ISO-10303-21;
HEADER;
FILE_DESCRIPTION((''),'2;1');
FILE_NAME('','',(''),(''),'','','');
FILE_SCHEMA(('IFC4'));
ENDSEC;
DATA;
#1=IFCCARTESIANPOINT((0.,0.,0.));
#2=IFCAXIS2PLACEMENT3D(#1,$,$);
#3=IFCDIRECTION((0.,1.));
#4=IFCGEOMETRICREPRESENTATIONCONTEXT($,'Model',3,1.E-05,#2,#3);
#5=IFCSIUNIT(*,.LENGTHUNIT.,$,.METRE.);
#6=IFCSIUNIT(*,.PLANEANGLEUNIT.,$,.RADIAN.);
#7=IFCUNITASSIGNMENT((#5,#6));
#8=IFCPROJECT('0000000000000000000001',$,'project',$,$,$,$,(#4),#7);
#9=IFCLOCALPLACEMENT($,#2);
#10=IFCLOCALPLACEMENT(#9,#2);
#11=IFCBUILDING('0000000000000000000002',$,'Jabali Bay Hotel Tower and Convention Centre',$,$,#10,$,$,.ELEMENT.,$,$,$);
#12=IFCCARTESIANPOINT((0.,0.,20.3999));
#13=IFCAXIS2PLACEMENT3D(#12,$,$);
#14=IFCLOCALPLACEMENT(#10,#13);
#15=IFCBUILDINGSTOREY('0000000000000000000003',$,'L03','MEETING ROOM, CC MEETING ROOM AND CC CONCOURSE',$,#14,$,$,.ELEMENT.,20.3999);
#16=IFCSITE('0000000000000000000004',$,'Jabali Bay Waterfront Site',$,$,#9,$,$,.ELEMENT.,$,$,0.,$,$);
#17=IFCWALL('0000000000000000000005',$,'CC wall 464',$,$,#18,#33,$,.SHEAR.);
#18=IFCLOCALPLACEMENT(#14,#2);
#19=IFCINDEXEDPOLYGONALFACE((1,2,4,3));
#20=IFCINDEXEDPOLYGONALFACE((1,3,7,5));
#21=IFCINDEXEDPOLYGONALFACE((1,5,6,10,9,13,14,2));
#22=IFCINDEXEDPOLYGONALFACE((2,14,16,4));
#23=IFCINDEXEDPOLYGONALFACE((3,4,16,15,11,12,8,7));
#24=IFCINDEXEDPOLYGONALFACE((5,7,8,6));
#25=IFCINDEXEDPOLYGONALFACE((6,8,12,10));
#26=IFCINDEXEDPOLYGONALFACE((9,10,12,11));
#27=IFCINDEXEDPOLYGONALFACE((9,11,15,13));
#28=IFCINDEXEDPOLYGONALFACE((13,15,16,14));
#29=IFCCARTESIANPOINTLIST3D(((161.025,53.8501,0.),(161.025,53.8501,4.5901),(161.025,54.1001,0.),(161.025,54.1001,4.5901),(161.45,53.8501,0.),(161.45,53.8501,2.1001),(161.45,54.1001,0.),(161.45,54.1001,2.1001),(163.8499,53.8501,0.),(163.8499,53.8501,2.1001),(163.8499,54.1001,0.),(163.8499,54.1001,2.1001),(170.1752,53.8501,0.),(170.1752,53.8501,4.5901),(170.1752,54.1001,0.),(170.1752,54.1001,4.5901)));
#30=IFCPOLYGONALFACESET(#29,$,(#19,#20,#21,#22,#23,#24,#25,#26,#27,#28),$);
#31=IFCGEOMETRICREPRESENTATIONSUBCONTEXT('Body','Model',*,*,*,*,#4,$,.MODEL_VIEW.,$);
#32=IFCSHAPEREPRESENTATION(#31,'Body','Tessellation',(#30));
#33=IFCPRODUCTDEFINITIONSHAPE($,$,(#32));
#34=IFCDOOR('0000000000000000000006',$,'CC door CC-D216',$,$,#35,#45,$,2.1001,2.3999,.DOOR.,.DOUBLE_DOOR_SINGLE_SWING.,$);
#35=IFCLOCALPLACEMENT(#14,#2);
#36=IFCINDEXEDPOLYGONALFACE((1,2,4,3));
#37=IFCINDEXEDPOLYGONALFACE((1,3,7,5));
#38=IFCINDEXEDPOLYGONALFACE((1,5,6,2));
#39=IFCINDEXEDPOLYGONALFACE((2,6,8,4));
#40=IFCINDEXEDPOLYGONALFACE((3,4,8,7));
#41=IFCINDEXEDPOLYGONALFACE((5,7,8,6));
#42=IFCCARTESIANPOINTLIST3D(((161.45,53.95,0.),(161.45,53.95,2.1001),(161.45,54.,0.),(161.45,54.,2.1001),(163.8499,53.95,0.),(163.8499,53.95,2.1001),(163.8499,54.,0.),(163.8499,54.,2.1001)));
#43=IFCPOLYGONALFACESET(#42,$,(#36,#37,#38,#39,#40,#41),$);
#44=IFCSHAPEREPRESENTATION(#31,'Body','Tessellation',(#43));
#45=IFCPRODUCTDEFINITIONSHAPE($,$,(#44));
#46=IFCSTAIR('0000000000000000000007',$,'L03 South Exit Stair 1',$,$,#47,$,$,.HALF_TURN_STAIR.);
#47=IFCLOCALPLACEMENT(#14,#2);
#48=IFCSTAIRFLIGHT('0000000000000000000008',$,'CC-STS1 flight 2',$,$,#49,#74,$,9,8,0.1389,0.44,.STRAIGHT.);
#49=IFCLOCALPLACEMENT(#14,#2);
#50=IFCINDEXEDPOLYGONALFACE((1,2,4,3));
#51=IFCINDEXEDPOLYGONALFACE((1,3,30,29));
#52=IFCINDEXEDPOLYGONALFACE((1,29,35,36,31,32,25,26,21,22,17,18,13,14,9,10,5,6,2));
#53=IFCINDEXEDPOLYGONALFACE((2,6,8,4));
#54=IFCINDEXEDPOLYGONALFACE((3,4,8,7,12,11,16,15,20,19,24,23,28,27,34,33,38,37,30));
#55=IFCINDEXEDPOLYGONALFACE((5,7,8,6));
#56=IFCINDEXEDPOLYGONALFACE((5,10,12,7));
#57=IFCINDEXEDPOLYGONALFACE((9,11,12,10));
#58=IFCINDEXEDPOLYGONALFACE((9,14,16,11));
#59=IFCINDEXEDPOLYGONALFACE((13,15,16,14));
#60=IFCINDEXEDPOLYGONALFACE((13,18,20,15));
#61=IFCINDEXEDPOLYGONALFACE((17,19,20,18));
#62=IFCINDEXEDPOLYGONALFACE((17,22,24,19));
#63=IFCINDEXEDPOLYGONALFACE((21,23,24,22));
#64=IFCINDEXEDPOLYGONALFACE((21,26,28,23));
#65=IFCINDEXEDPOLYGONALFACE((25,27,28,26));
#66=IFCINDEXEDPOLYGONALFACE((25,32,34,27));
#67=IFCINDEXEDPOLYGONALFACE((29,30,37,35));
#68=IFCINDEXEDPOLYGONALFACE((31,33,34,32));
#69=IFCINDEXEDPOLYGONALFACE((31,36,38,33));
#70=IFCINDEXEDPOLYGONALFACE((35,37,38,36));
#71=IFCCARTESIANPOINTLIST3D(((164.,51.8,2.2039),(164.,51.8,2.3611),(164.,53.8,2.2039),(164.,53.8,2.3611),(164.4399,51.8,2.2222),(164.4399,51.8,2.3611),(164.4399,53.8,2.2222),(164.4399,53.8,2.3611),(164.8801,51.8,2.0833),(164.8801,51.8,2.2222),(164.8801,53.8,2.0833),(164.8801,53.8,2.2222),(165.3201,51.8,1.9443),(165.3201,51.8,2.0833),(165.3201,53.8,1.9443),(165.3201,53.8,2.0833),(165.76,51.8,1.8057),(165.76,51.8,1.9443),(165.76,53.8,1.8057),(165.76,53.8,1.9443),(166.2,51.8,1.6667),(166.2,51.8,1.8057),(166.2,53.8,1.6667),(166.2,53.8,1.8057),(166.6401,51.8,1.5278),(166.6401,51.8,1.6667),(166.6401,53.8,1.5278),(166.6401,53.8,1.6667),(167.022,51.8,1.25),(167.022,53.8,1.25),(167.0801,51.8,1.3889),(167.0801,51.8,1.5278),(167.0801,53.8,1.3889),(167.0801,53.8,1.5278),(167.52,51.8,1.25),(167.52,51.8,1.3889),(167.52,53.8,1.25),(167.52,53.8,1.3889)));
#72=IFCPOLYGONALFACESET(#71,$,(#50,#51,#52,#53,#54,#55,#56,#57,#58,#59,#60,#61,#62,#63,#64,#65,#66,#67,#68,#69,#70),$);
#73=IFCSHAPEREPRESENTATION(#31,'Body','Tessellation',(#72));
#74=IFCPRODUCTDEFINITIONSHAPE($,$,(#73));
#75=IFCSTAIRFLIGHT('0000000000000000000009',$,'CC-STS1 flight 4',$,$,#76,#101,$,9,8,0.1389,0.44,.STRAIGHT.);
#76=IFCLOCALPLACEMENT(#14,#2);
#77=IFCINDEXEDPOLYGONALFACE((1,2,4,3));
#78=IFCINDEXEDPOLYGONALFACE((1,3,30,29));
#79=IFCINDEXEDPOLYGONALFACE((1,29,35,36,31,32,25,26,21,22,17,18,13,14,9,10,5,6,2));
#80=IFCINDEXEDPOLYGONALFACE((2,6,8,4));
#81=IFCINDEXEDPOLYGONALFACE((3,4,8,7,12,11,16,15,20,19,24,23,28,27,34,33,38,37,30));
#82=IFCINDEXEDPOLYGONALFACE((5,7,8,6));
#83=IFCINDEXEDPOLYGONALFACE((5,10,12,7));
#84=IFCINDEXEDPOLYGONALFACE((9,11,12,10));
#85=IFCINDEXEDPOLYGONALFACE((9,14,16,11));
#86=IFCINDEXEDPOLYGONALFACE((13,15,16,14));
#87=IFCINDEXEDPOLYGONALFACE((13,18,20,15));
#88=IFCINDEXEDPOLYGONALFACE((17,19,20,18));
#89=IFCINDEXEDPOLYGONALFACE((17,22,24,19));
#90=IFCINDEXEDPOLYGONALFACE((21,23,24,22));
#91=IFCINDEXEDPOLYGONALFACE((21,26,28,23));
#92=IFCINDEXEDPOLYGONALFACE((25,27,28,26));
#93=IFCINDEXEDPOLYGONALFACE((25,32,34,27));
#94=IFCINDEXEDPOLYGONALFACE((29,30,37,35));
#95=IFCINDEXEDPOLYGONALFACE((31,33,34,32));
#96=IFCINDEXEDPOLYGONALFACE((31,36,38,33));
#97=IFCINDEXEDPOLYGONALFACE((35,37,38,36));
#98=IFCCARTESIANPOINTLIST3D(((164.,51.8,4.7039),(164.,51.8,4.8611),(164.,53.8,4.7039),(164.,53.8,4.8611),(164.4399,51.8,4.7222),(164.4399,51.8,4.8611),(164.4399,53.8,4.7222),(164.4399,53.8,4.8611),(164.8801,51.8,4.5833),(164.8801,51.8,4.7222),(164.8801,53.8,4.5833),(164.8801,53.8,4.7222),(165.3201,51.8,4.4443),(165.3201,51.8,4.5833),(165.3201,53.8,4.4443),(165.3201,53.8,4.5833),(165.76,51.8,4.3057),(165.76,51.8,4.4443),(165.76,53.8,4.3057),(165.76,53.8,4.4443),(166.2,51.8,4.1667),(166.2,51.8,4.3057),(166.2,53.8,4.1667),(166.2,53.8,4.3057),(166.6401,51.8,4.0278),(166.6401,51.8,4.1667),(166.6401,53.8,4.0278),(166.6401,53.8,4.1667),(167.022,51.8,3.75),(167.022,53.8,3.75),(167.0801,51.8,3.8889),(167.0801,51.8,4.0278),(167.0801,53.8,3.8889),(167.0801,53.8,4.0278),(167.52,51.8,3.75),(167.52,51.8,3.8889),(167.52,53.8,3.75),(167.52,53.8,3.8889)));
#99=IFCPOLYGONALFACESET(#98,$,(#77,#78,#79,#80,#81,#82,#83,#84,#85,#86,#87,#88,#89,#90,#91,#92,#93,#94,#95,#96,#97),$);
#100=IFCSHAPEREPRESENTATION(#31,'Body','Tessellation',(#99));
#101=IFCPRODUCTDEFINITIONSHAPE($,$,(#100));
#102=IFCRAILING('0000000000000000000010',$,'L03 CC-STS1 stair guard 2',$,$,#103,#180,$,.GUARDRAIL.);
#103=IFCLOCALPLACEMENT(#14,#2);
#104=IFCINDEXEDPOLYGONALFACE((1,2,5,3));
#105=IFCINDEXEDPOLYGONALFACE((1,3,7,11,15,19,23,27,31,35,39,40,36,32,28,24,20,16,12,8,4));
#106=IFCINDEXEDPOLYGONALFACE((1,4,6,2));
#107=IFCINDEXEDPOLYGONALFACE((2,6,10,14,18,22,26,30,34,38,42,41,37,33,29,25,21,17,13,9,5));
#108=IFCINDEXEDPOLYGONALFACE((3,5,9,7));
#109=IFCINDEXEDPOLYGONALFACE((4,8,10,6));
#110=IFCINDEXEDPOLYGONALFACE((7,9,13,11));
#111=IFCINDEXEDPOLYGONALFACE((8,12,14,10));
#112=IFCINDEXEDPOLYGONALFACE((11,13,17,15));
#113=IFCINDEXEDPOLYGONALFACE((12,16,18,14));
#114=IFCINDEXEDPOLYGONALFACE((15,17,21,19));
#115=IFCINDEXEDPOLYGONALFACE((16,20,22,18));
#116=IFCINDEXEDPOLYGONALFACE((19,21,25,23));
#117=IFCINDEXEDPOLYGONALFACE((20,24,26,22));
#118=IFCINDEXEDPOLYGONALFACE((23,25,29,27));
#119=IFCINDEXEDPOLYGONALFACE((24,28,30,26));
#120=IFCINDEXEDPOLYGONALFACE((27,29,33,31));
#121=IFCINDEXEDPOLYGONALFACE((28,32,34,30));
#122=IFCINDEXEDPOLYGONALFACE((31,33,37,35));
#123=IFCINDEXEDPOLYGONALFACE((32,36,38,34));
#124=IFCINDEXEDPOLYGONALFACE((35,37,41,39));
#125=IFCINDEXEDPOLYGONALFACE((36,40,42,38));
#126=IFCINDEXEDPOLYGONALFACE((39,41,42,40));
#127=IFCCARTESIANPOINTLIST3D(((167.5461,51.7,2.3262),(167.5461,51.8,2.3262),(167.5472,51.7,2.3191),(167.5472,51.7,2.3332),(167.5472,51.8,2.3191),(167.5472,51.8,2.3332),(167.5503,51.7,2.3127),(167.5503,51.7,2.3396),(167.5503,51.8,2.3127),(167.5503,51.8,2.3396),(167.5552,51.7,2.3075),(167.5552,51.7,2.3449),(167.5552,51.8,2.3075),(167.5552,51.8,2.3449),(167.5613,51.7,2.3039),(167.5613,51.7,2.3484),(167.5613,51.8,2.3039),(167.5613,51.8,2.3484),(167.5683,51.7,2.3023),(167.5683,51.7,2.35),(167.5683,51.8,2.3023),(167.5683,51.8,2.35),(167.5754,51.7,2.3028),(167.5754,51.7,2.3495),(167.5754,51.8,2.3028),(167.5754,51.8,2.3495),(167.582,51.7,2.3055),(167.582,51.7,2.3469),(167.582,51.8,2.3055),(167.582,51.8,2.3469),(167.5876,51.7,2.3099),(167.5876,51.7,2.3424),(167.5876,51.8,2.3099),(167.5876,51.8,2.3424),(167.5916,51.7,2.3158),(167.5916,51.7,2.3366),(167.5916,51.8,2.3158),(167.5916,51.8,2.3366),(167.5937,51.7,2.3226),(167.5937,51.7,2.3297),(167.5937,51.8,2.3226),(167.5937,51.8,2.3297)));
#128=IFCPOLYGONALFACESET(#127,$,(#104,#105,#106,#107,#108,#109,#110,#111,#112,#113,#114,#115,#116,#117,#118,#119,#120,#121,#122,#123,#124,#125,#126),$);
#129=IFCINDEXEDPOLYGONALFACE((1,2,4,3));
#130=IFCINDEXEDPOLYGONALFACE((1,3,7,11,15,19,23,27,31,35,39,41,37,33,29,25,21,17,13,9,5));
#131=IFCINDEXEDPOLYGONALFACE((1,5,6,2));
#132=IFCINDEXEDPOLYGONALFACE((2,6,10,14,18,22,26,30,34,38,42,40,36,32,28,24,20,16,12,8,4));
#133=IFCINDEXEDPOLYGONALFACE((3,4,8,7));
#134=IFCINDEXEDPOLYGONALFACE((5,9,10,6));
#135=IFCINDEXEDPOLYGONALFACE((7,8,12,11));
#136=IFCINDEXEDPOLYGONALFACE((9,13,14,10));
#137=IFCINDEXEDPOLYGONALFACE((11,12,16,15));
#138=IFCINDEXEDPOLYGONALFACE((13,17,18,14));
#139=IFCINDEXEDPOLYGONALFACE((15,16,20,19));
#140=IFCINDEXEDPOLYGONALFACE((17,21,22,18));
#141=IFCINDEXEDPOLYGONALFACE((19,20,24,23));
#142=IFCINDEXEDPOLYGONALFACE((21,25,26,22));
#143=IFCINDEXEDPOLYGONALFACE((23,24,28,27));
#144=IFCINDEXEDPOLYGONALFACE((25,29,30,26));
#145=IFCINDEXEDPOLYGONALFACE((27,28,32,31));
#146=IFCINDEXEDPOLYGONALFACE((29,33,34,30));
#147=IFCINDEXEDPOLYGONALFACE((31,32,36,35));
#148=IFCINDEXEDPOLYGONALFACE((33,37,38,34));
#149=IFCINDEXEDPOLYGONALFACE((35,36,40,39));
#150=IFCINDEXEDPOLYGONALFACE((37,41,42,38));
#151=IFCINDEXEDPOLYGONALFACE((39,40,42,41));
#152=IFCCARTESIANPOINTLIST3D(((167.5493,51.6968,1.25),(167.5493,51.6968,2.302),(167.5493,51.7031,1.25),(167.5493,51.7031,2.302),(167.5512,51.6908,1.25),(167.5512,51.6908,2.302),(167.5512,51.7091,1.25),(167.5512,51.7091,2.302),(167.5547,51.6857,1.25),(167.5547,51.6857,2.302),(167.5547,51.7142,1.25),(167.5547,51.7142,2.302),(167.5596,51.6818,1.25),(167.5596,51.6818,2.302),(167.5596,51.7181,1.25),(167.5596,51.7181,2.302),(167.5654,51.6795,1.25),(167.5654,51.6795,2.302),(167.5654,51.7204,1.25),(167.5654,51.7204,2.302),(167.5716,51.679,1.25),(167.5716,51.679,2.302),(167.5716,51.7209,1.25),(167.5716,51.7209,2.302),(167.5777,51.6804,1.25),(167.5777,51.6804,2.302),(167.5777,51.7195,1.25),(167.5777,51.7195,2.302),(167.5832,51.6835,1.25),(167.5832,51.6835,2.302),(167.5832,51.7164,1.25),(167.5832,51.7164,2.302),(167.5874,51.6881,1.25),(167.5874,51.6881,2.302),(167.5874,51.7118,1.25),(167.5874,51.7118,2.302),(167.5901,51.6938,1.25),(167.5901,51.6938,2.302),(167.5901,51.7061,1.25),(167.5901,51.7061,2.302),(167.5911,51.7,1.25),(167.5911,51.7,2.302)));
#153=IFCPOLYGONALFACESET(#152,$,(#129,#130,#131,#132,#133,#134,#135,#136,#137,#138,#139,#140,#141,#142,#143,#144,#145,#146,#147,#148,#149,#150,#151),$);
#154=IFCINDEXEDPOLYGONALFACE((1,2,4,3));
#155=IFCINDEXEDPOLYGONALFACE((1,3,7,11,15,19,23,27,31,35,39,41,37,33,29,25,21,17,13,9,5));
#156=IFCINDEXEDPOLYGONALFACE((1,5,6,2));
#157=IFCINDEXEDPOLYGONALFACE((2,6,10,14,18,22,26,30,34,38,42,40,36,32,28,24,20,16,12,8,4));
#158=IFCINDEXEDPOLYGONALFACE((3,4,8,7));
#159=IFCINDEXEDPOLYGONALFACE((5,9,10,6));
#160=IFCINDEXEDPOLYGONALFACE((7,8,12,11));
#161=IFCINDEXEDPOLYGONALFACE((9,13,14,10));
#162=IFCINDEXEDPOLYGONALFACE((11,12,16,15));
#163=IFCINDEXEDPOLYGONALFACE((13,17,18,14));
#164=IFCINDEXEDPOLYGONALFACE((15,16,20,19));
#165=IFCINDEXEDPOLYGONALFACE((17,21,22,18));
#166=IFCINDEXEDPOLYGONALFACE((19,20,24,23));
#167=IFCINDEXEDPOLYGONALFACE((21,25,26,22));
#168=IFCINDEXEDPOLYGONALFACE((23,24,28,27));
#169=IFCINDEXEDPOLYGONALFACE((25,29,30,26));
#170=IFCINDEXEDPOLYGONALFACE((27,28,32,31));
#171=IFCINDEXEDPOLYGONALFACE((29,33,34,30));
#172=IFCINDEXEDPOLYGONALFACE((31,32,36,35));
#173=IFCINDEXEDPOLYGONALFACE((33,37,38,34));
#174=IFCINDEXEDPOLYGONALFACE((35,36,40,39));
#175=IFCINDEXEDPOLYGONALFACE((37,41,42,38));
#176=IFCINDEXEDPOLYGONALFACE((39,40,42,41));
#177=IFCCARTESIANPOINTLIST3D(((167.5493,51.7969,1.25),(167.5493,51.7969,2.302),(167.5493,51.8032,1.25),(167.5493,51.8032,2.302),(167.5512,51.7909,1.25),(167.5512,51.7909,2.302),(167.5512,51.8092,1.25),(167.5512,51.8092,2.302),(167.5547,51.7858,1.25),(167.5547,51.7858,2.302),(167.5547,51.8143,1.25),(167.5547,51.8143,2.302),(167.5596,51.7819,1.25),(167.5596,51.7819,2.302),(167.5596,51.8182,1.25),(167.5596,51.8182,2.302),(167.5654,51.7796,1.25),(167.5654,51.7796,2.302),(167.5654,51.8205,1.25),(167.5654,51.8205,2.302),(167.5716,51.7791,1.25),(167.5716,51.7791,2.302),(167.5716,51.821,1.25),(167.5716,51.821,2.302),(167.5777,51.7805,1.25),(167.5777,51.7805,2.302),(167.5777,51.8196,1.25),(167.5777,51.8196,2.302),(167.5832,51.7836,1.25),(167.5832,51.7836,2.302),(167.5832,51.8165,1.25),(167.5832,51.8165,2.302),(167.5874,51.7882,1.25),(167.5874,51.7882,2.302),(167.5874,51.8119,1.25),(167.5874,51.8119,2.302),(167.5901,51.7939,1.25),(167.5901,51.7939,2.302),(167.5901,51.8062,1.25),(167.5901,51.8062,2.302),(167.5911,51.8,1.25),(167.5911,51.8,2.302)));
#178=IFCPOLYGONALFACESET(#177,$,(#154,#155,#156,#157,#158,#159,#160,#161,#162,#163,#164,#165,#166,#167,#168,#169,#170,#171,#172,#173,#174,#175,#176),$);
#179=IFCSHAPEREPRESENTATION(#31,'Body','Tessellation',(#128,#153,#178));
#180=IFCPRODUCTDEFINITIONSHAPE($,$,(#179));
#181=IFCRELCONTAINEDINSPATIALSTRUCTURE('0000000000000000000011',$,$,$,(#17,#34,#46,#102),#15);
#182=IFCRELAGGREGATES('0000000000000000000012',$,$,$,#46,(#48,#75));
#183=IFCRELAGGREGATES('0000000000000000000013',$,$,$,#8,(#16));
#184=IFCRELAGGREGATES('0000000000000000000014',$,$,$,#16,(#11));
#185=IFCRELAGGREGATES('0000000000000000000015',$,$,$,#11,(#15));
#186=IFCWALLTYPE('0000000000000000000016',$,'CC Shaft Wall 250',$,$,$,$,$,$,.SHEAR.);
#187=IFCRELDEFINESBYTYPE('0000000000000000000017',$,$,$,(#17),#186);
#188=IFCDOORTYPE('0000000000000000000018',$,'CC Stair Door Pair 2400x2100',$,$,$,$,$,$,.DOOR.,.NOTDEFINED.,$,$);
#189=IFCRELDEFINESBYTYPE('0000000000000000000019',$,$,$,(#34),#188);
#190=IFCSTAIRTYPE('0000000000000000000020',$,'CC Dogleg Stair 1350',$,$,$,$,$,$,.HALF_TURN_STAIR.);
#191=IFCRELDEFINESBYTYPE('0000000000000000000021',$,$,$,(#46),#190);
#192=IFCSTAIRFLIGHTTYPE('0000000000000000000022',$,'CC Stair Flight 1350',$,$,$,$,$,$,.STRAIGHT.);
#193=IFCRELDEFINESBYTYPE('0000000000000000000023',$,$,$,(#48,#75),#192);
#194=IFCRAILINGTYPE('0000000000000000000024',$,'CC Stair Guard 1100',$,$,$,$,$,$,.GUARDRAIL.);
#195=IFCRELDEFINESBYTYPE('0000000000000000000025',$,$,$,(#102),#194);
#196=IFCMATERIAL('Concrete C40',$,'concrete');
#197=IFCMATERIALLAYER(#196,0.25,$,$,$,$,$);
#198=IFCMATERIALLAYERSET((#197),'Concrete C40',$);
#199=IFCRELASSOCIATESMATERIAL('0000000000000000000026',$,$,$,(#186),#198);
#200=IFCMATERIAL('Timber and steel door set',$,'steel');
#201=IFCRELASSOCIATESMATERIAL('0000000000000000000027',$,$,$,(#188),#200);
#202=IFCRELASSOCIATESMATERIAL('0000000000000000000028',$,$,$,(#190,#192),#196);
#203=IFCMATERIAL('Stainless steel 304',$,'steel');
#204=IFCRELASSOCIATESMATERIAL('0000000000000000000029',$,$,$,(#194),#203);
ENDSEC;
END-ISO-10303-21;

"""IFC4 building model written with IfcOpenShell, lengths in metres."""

from ifc_helpers import new_model, si_unit, direction, frame, frame_2d, origin, origin_2d, place, context, subcontext, project, spatial, polyline, rectangle, circle, outline, extrude, material, layer, layer_set, type_object, element, fill, aggregate, save


model = new_model("IFC4")

# Units and contexts
model_context = context("Model", 3, precision=1e-05, world=origin(), true_north=direction((0.0, 1.0)))
body_context = subcontext(model_context, "Body", "Model", "MODEL_VIEW")
ifc_project = project(units=[si_unit("LENGTHUNIT", "METRE"), si_unit("PLANEANGLEUNIT", "RADIAN")], contexts=[model_context])

# Site, building, storey
site_placement = place(None, origin())
site = spatial("IfcSite", under=ifc_project, at=site_placement, Name="Jabali Bay Waterfront Site", CompositionType="ELEMENT", RefElevation=0.0)
building_placement = place(site_placement, origin())
building = spatial("IfcBuilding", under=site, at=building_placement, Name="Jabali Bay Hotel Tower and Convention Centre", CompositionType="ELEMENT")
storey_placement = place(building_placement, frame((0.0, 0.0, 20.3999)))
storey = spatial("IfcBuildingStorey", under=building, at=storey_placement, Name="L03", Description="MEETING ROOM, CC MEETING ROOM AND CC CONCOURSE", CompositionType="ELEMENT", Elevation=20.3999)

# Shared definitions
ifc_material_1 = material(Name="Timber and steel door set", Category="steel")

# Wall, opening, door
ifc_material_2 = material(Name="Concrete C40", Category="concrete")
ifc_layer_1 = layer(ifc_material_2, 0.25)
ifc_layer_set_1 = layer_set([ifc_layer_1], Name="Concrete C40")
wall_type_1 = type_object("IfcWallType", Name="CC Shaft Wall 250", PredefinedType="SHEAR", material=ifc_layer_set_1)
wall_1_placement = place(storey_placement, frame((161.0249, 53.9751, 0.0), z_axis=(0.0, 0.0, 1.0), x_axis=(1.0, 0.0, 0.0)))
wall_1 = element("IfcWall", 1, at=wall_1_placement, inside=storey, type_object=wall_type_1, Name="CC wall 464", PredefinedType="SHEAR", context=body_context, shape_type="SweptSolid", body=[
    extrude(rectangle(XDim=9.1501, YDim=0.25, at=frame_2d((4.5752, 0.0))), origin(), (0.0, 0.0, 1.0), 4.5901),
])
opening_1_placement = place(wall_1_placement, frame((0.425, 0.0, 0.0)))
opening_1 = element("IfcOpeningElement", 2, at=opening_1_placement, cuts=wall_1, PredefinedType="OPENING", context=body_context, shape_type="SweptSolid", body=[
    extrude(rectangle(XDim=2.3999, YDim=2.1001, at=frame_2d((1.2, 1.05))), frame((0.0, 0.1355, 0.0), z_axis=(0.0, -1.0, 0.0), x_axis=(1.0, 0.0, 0.0)), (0.0, 0.0, 1.0), 0.271),
])
door_type_1 = type_object("IfcDoorType", Name="CC Stair Door Pair 2400x2100", OperationType="NOTDEFINED", PredefinedType="DOOR", material=ifc_material_1)
door_1_placement = place(opening_1_placement, origin())
door_1 = element("IfcDoor", 3, at=door_1_placement, inside=storey, type_object=door_type_1, Name="CC door CC-D216", OperationType="DOUBLE_DOOR_SINGLE_SWING", OverallHeight=2.1001, OverallWidth=2.3999, PredefinedType="DOOR", context=body_context, shape_type="SweptSolid", body=[
    extrude(rectangle(XDim=2.3999, YDim=2.1001, at=frame_2d((1.2, 1.05))), frame((0.0, 0.0249, 0.0), z_axis=(0.0, -1.0, 0.0), x_axis=(1.0, 0.0, 0.0)), (0.0, 0.0, 1.0), 0.05),
])
fill(opening_1, door_1)

# Stair, stair flights
stair_type = type_object("IfcStairType", Name="CC Dogleg Stair 1350", PredefinedType="HALF_TURN_STAIR", material=ifc_material_2)
stair_placement = place(storey_placement, origin())
stair = element("IfcStair", 4, at=stair_placement, inside=storey, type_object=stair_type, Name="L03 South Exit Stair 1", PredefinedType="HALF_TURN_STAIR")
stair_flight_type = type_object("IfcStairFlightType", Name="CC Stair Flight 1350", PredefinedType="STRAIGHT", material=ifc_material_2)
stair_flight_1_placement = place(storey_placement, frame((167.52, 52.8, 1.25), z_axis=(0.0, 0.0, 1.0), x_axis=(-1.0, 0.0, 0.0)))
stair_flight_1 = element("IfcStairFlight", 5, at=stair_flight_1_placement, type_object=stair_flight_type, Name="CC-STS1 flight 2", NumberOfRisers=9, NumberOfTreads=8, PredefinedType="STRAIGHT", RiserHeight=0.1389, TreadLength=0.44, context=body_context, shape_type="SweptSolid", body=[
    extrude(outline(polyline([(0.0, 0.0), (0.0, 0.1389), (0.4399, 0.1389), (0.4399, 0.2778), (0.8799, 0.2778), (0.8799, 0.4167), (1.3201, 0.4167), (1.3201, 0.5557), (1.76, 0.5557), (1.76, 0.6943), (2.2, 0.6943), (2.2, 0.8333), (2.6399, 0.8333), (2.6399, 0.9722), (3.0801, 0.9722), (3.0801, 1.1111), (3.52, 1.1111), (3.52, 1.25), (3.52, 0.9539), (0.498, 0.0), (0.0, 0.0)])), frame((0.0, 1.0, 0.0), z_axis=(0.0, -1.0, 0.0), x_axis=(1.0, 0.0, 0.0)), (0.0, 0.0, 1.0), 2.0),
])
stair_flight_2_placement = place(storey_placement, frame((167.52, 52.8, 3.75), z_axis=(0.0, 0.0, 1.0), x_axis=(-1.0, 0.0, 0.0)))
stair_flight_2 = element("IfcStairFlight", 6, at=stair_flight_2_placement, type_object=stair_flight_type, Name="CC-STS1 flight 4", NumberOfRisers=9, NumberOfTreads=8, PredefinedType="STRAIGHT", RiserHeight=0.1389, TreadLength=0.44, context=body_context, shape_type="SweptSolid", body=[
    extrude(outline(polyline([(0.0, 0.0), (0.0, 0.1389), (0.4399, 0.1389), (0.4399, 0.2778), (0.8799, 0.2778), (0.8799, 0.4167), (1.3201, 0.4167), (1.3201, 0.5557), (1.76, 0.5557), (1.76, 0.6943), (2.2, 0.6943), (2.2, 0.8333), (2.6399, 0.8333), (2.6399, 0.9722), (3.0801, 0.9722), (3.0801, 1.1111), (3.52, 1.1111), (3.52, 1.25), (3.52, 0.9539), (0.498, 0.0), (0.0, 0.0)])), frame((0.0, 1.0, 0.0), z_axis=(0.0, -1.0, 0.0), x_axis=(1.0, 0.0, 0.0)), (0.0, 0.0, 1.0), 2.0),
])
aggregate(stair, [stair_flight_1, stair_flight_2])

# Railing
ifc_material_3 = material(Name="Stainless steel 304", Category="steel")
railing_type_1 = type_object("IfcRailingType", Name="CC Stair Guard 1100", PredefinedType="GUARDRAIL", material=ifc_material_3)
railing_1_placement = place(storey_placement, frame((167.5701, 51.7, 1.25)))
element("IfcRailing", 7, at=railing_1_placement, inside=storey, type_object=railing_type_1, Name="L03 CC-STS1 stair guard 2", PredefinedType="GUARDRAIL", context=body_context, shape_type="SweptSolid", body=[
    extrude(circle(Radius=0.0239, at=origin_2d()), frame((0.0, 0.0, 1.0762), z_axis=(0.0, 1.0, 0.0), x_axis=(-1.0, 0.0, 0.0)), (0.0, 0.0, 1.0), 0.1001),
    extrude(circle(Radius=0.021, at=origin_2d()), origin(), (0.0, 0.0, 1.0), 1.052),
    extrude(circle(Radius=0.021, at=origin_2d()), frame((0.0, 0.1001, 0.0)), (0.0, 0.0, 1.0), 1.052),
])

save(model, "model.ifc")
